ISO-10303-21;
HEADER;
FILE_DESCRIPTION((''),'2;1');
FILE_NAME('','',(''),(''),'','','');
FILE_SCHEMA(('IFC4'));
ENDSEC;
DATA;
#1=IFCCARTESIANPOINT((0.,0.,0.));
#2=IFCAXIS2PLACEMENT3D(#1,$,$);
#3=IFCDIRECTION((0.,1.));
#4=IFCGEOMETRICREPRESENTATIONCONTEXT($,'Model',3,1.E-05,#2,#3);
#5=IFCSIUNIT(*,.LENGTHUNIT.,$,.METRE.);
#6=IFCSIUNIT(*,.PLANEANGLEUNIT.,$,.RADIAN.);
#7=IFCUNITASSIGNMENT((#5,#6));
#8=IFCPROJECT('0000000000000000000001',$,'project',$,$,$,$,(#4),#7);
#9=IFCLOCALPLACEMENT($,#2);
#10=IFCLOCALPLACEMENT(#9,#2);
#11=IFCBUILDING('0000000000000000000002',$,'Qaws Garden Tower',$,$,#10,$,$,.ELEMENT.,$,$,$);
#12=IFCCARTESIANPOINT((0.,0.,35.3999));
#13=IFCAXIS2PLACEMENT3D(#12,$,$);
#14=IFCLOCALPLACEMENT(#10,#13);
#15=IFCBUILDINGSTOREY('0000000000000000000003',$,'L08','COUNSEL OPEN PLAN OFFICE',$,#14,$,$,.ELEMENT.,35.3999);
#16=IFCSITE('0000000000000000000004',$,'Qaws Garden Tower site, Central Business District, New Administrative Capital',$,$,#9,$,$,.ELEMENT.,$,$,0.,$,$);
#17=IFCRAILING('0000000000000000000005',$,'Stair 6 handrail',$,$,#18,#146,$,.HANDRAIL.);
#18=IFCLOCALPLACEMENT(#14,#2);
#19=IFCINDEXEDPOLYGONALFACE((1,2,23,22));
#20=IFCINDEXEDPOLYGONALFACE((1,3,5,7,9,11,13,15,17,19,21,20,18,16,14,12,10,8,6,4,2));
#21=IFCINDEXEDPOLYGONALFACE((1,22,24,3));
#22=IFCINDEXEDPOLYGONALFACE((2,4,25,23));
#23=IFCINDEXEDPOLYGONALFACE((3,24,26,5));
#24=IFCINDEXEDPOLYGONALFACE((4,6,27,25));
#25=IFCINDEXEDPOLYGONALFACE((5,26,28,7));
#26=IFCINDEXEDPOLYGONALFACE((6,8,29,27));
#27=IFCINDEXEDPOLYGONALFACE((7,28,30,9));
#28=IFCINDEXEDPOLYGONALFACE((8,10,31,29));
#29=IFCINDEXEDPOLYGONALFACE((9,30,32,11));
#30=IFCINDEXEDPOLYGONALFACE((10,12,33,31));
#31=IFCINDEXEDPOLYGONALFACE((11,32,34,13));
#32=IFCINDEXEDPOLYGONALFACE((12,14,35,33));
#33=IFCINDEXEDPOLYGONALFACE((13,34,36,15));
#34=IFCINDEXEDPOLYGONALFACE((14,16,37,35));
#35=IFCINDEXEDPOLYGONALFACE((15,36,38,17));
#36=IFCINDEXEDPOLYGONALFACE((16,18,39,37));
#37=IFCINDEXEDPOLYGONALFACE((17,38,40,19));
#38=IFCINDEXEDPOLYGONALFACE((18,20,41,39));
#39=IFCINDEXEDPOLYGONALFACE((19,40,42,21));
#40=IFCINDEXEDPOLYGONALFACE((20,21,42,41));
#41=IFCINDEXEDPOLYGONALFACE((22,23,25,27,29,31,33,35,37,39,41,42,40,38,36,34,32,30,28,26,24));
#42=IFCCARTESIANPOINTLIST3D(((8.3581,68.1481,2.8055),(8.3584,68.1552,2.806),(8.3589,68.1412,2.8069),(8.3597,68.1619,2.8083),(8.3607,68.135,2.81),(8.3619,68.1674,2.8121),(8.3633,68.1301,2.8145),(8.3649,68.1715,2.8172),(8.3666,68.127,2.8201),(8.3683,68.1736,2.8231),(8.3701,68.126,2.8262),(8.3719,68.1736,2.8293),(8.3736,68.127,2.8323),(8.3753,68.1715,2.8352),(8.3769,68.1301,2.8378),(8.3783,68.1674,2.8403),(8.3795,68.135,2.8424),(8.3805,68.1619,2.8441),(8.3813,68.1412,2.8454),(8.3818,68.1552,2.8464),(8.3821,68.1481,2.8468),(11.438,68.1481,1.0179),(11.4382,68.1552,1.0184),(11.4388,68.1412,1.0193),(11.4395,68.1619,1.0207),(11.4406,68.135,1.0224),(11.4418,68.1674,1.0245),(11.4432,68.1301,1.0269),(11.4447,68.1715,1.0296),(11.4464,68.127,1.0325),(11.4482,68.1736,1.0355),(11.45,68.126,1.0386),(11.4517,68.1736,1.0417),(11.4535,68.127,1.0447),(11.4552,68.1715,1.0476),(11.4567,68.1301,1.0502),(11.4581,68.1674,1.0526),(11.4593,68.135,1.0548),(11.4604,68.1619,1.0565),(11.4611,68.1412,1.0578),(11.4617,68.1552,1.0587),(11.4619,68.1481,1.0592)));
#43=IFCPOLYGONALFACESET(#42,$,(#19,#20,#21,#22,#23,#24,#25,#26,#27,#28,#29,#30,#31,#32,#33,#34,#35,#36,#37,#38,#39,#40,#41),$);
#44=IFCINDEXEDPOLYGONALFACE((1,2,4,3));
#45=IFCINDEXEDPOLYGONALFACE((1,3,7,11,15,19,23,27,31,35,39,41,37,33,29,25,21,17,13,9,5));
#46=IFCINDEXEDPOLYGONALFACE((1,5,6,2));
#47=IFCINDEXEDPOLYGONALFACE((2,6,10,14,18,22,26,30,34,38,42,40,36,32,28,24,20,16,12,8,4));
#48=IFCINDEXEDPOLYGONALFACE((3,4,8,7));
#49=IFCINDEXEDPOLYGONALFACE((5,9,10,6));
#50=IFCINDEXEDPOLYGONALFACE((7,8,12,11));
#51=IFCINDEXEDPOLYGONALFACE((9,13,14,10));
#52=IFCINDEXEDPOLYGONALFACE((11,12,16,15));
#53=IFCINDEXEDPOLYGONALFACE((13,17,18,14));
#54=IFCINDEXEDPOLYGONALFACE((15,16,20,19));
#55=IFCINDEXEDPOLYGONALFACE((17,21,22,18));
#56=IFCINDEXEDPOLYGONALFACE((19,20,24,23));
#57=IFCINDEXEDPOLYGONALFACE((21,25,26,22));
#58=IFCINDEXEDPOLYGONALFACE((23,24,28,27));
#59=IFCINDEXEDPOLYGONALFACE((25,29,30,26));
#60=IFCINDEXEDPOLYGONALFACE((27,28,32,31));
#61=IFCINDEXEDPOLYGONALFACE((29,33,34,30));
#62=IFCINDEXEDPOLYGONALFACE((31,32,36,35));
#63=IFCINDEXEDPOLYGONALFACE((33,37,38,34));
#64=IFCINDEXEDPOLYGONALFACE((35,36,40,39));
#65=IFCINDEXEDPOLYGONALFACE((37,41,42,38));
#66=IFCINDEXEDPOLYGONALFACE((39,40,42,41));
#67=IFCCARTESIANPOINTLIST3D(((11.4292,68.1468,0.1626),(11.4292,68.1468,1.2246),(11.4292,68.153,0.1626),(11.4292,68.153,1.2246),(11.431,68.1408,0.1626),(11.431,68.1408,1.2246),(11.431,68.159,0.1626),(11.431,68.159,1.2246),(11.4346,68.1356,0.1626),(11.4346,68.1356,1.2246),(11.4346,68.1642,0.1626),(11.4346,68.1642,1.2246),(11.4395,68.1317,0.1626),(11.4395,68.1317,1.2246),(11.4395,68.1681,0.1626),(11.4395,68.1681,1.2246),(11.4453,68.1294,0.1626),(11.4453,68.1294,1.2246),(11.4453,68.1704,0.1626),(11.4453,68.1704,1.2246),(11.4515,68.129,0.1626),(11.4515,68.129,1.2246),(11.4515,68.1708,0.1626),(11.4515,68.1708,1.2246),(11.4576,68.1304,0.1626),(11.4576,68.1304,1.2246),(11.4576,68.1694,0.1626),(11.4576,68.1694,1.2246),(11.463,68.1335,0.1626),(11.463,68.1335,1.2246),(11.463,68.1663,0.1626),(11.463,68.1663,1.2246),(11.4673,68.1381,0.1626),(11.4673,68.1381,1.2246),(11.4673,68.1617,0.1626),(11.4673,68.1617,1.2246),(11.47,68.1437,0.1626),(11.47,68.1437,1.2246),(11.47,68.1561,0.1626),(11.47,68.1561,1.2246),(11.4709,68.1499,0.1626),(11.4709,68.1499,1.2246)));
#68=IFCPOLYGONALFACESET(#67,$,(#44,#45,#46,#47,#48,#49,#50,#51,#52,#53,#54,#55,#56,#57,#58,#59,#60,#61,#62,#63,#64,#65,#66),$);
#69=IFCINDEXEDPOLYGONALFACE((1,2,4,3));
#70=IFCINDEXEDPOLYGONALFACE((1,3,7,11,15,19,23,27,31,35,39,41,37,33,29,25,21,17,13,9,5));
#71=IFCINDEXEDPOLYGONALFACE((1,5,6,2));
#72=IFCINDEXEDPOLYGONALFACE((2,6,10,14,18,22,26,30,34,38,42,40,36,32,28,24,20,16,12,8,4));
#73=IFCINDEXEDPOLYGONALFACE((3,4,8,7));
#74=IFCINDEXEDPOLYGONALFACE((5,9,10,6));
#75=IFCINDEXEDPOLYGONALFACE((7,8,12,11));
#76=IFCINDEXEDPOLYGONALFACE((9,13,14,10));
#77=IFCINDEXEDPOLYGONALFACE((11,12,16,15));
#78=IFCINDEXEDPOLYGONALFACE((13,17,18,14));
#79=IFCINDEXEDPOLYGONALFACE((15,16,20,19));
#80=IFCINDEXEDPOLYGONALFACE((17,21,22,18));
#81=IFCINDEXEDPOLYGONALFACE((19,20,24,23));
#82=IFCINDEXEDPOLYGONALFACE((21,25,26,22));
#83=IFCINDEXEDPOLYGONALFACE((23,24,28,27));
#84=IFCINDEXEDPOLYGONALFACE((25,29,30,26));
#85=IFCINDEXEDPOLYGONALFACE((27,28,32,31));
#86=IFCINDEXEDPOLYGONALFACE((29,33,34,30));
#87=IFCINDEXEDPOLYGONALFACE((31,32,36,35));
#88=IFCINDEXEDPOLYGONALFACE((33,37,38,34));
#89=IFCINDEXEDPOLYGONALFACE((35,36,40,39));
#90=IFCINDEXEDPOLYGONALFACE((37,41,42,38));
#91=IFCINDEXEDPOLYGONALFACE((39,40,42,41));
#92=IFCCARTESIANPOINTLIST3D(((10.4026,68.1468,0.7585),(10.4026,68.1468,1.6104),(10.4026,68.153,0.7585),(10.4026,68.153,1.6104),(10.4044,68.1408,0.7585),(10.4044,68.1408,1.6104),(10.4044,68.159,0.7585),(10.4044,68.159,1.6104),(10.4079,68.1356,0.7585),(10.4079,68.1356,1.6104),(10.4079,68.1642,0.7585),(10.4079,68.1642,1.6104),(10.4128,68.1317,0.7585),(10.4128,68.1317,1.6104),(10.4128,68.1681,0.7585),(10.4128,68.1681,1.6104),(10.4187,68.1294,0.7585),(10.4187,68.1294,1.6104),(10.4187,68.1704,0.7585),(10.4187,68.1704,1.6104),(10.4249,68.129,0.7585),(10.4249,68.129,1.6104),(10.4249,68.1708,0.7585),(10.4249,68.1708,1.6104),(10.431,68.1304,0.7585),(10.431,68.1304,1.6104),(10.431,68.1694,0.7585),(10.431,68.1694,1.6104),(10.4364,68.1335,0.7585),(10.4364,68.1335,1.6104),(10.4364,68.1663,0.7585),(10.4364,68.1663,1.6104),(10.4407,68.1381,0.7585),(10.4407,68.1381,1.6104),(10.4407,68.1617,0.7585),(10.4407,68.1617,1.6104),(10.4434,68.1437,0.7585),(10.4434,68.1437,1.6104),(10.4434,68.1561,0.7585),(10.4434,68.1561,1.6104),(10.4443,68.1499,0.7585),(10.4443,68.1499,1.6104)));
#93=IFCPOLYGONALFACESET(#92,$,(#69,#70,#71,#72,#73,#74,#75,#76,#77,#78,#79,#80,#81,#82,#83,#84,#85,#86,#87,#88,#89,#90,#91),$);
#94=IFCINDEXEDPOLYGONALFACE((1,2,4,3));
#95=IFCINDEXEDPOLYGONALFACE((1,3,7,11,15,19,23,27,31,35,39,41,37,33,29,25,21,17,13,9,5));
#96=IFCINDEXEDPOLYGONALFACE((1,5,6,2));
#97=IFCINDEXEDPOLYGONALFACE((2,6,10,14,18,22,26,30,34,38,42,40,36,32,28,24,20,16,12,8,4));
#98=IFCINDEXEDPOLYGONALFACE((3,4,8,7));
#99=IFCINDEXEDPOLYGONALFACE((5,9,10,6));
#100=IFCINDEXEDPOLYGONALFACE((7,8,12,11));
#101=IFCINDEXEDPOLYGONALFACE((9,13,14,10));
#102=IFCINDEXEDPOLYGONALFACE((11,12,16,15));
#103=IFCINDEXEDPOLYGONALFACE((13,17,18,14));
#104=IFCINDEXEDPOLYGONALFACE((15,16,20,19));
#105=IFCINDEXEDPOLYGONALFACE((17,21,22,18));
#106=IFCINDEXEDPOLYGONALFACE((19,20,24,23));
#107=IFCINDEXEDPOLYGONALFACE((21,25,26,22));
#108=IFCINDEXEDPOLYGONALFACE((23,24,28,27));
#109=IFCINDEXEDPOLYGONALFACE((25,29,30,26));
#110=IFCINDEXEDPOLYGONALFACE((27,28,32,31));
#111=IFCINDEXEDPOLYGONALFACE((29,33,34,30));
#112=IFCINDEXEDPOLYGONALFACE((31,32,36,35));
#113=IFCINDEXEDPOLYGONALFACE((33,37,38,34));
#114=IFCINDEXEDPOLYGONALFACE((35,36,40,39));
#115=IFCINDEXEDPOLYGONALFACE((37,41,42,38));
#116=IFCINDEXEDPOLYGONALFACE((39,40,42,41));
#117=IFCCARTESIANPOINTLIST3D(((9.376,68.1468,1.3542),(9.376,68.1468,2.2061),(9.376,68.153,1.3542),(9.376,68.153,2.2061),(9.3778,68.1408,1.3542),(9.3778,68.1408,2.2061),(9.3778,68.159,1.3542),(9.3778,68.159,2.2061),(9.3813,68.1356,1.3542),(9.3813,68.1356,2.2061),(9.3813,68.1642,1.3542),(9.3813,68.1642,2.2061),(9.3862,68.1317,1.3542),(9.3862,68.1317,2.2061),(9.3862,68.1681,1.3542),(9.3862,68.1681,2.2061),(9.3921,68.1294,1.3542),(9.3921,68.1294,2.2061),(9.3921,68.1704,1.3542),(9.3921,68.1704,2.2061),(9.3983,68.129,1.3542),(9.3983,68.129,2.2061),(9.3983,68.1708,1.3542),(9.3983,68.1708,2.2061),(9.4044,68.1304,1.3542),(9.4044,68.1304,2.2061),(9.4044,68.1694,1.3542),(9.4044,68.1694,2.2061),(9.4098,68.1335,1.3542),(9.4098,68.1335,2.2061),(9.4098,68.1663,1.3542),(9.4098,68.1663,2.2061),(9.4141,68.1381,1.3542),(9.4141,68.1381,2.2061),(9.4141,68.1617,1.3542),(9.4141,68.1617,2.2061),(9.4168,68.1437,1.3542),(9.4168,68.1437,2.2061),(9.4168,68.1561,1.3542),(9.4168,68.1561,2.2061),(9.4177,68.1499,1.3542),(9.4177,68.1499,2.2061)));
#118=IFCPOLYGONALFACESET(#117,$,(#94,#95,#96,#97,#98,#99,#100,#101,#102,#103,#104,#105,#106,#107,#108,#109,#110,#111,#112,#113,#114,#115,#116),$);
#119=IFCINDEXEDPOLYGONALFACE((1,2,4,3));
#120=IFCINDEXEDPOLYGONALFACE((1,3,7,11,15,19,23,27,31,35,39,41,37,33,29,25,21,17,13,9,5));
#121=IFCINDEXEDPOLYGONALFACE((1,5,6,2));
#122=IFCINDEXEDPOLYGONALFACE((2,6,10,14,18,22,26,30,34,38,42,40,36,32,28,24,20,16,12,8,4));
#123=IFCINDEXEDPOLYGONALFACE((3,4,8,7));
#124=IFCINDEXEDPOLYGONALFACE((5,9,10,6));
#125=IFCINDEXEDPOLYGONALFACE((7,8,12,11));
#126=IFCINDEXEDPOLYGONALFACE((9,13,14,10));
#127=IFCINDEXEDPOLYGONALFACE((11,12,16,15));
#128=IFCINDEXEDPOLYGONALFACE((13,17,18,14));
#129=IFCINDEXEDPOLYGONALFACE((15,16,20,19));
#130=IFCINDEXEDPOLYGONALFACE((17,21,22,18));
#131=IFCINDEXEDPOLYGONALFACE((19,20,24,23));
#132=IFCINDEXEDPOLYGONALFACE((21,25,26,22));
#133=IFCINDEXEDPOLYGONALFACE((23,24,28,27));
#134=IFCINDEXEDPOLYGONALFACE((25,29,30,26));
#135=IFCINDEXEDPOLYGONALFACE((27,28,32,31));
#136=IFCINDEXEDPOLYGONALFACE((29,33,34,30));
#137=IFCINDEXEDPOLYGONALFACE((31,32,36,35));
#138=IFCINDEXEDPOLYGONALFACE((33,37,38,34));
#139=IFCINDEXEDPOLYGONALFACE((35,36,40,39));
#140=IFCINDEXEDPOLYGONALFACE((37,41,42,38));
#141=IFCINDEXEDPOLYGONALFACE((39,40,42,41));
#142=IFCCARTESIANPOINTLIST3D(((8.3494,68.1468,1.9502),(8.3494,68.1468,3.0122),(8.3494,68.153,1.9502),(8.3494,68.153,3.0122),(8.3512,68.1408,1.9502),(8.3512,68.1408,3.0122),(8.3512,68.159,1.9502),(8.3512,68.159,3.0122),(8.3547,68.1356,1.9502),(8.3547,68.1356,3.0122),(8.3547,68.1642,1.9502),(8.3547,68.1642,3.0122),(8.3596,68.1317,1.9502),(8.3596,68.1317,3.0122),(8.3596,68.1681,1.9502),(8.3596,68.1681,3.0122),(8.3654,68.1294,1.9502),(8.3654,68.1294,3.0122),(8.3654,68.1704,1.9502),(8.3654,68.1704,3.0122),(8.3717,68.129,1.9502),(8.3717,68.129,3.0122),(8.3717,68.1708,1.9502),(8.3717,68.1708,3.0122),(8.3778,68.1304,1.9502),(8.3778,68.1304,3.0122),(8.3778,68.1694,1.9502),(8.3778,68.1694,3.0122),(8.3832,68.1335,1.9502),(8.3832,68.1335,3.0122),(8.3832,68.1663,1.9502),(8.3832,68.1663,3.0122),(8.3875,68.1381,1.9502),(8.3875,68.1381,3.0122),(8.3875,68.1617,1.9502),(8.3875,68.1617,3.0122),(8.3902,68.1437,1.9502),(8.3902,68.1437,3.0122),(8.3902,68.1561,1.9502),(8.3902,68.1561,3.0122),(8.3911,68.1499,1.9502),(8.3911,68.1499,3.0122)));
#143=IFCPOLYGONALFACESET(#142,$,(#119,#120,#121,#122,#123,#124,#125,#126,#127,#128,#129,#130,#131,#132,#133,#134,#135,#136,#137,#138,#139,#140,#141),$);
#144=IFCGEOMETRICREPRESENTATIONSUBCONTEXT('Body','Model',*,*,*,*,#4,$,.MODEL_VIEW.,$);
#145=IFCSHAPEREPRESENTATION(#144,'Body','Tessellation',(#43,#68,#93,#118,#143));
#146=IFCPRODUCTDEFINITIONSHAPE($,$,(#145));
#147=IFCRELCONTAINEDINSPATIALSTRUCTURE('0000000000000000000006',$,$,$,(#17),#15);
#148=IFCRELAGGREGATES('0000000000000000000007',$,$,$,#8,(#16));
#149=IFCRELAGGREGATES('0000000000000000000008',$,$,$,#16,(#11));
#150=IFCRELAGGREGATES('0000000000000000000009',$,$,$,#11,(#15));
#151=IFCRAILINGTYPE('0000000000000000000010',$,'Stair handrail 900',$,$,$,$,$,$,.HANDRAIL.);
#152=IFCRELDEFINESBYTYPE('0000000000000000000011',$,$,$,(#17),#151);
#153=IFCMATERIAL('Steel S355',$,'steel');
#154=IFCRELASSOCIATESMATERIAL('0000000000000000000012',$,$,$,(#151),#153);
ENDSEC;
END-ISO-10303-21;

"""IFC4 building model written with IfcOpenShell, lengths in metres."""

from ifc_helpers import new_model, si_unit, direction, frame, origin, origin_2d, place, context, subcontext, project, spatial, circle, extrude, material, type_object, element, save


model = new_model("IFC4")

# Units and contexts
model_context = context("Model", 3, precision=1e-05, world=origin(), true_north=direction((0.0, 1.0)))
body_context = subcontext(model_context, "Body", "Model", "MODEL_VIEW")
ifc_project = project(units=[si_unit("LENGTHUNIT", "METRE"), si_unit("PLANEANGLEUNIT", "RADIAN")], contexts=[model_context])

# Site, building, storey
site_placement = place(None, origin())
site = spatial("IfcSite", under=ifc_project, at=site_placement, Name="Qaws Garden Tower site, Central Business District, New Administrative Capital", CompositionType="ELEMENT", RefElevation=0.0)
building_placement = place(site_placement, origin())
building = spatial("IfcBuilding", under=site, at=building_placement, Name="Qaws Garden Tower", CompositionType="ELEMENT")
storey_placement = place(building_placement, frame((0.0, 0.0, 35.3999)))
storey = spatial("IfcBuildingStorey", under=building, at=storey_placement, Name="L08", Description="COUNSEL OPEN PLAN OFFICE", CompositionType="ELEMENT", Elevation=35.3999)

# Railing
ifc_material_1 = material(Name="Steel S355", Category="steel")
railing_type = type_object("IfcRailingType", Name="Stair handrail 900", PredefinedType="HANDRAIL", material=ifc_material_1)
railing_1_placement = place(storey_placement, frame((11.45, 68.1499, 0.1626)))
element("IfcRailing", 1, at=railing_1_placement, inside=storey, type_object=railing_type, Name="Stair 6 handrail", PredefinedType="HANDRAIL", context=body_context, shape_type="SweptSolid", body=[
    extrude(circle(Radius=0.0239, at=origin_2d()), frame((0.0, 0.0, 0.876), z_axis=(-0.864873, 0.0, 0.50199), x_axis=(0.0, -1.0, 0.0)), (0.0, 0.0, 1.0), 3.561),
    extrude(circle(Radius=0.021, at=origin_2d()), origin(), (0.0, 0.0, 1.0), 1.062),
    extrude(circle(Radius=0.021, at=origin_2d()), frame((-1.0266, 0.0, 0.5959)), (0.0, 0.0, 1.0), 0.8518),
    extrude(circle(Radius=0.021, at=origin_2d()), frame((-2.0532, 0.0, 1.1917)), (0.0, 0.0, 1.0), 0.8518),
    extrude(circle(Radius=0.021, at=origin_2d()), frame((-3.0798, 0.0, 1.7876)), (0.0, 0.0, 1.0), 1.062),
])

save(model, "model.ifc")
